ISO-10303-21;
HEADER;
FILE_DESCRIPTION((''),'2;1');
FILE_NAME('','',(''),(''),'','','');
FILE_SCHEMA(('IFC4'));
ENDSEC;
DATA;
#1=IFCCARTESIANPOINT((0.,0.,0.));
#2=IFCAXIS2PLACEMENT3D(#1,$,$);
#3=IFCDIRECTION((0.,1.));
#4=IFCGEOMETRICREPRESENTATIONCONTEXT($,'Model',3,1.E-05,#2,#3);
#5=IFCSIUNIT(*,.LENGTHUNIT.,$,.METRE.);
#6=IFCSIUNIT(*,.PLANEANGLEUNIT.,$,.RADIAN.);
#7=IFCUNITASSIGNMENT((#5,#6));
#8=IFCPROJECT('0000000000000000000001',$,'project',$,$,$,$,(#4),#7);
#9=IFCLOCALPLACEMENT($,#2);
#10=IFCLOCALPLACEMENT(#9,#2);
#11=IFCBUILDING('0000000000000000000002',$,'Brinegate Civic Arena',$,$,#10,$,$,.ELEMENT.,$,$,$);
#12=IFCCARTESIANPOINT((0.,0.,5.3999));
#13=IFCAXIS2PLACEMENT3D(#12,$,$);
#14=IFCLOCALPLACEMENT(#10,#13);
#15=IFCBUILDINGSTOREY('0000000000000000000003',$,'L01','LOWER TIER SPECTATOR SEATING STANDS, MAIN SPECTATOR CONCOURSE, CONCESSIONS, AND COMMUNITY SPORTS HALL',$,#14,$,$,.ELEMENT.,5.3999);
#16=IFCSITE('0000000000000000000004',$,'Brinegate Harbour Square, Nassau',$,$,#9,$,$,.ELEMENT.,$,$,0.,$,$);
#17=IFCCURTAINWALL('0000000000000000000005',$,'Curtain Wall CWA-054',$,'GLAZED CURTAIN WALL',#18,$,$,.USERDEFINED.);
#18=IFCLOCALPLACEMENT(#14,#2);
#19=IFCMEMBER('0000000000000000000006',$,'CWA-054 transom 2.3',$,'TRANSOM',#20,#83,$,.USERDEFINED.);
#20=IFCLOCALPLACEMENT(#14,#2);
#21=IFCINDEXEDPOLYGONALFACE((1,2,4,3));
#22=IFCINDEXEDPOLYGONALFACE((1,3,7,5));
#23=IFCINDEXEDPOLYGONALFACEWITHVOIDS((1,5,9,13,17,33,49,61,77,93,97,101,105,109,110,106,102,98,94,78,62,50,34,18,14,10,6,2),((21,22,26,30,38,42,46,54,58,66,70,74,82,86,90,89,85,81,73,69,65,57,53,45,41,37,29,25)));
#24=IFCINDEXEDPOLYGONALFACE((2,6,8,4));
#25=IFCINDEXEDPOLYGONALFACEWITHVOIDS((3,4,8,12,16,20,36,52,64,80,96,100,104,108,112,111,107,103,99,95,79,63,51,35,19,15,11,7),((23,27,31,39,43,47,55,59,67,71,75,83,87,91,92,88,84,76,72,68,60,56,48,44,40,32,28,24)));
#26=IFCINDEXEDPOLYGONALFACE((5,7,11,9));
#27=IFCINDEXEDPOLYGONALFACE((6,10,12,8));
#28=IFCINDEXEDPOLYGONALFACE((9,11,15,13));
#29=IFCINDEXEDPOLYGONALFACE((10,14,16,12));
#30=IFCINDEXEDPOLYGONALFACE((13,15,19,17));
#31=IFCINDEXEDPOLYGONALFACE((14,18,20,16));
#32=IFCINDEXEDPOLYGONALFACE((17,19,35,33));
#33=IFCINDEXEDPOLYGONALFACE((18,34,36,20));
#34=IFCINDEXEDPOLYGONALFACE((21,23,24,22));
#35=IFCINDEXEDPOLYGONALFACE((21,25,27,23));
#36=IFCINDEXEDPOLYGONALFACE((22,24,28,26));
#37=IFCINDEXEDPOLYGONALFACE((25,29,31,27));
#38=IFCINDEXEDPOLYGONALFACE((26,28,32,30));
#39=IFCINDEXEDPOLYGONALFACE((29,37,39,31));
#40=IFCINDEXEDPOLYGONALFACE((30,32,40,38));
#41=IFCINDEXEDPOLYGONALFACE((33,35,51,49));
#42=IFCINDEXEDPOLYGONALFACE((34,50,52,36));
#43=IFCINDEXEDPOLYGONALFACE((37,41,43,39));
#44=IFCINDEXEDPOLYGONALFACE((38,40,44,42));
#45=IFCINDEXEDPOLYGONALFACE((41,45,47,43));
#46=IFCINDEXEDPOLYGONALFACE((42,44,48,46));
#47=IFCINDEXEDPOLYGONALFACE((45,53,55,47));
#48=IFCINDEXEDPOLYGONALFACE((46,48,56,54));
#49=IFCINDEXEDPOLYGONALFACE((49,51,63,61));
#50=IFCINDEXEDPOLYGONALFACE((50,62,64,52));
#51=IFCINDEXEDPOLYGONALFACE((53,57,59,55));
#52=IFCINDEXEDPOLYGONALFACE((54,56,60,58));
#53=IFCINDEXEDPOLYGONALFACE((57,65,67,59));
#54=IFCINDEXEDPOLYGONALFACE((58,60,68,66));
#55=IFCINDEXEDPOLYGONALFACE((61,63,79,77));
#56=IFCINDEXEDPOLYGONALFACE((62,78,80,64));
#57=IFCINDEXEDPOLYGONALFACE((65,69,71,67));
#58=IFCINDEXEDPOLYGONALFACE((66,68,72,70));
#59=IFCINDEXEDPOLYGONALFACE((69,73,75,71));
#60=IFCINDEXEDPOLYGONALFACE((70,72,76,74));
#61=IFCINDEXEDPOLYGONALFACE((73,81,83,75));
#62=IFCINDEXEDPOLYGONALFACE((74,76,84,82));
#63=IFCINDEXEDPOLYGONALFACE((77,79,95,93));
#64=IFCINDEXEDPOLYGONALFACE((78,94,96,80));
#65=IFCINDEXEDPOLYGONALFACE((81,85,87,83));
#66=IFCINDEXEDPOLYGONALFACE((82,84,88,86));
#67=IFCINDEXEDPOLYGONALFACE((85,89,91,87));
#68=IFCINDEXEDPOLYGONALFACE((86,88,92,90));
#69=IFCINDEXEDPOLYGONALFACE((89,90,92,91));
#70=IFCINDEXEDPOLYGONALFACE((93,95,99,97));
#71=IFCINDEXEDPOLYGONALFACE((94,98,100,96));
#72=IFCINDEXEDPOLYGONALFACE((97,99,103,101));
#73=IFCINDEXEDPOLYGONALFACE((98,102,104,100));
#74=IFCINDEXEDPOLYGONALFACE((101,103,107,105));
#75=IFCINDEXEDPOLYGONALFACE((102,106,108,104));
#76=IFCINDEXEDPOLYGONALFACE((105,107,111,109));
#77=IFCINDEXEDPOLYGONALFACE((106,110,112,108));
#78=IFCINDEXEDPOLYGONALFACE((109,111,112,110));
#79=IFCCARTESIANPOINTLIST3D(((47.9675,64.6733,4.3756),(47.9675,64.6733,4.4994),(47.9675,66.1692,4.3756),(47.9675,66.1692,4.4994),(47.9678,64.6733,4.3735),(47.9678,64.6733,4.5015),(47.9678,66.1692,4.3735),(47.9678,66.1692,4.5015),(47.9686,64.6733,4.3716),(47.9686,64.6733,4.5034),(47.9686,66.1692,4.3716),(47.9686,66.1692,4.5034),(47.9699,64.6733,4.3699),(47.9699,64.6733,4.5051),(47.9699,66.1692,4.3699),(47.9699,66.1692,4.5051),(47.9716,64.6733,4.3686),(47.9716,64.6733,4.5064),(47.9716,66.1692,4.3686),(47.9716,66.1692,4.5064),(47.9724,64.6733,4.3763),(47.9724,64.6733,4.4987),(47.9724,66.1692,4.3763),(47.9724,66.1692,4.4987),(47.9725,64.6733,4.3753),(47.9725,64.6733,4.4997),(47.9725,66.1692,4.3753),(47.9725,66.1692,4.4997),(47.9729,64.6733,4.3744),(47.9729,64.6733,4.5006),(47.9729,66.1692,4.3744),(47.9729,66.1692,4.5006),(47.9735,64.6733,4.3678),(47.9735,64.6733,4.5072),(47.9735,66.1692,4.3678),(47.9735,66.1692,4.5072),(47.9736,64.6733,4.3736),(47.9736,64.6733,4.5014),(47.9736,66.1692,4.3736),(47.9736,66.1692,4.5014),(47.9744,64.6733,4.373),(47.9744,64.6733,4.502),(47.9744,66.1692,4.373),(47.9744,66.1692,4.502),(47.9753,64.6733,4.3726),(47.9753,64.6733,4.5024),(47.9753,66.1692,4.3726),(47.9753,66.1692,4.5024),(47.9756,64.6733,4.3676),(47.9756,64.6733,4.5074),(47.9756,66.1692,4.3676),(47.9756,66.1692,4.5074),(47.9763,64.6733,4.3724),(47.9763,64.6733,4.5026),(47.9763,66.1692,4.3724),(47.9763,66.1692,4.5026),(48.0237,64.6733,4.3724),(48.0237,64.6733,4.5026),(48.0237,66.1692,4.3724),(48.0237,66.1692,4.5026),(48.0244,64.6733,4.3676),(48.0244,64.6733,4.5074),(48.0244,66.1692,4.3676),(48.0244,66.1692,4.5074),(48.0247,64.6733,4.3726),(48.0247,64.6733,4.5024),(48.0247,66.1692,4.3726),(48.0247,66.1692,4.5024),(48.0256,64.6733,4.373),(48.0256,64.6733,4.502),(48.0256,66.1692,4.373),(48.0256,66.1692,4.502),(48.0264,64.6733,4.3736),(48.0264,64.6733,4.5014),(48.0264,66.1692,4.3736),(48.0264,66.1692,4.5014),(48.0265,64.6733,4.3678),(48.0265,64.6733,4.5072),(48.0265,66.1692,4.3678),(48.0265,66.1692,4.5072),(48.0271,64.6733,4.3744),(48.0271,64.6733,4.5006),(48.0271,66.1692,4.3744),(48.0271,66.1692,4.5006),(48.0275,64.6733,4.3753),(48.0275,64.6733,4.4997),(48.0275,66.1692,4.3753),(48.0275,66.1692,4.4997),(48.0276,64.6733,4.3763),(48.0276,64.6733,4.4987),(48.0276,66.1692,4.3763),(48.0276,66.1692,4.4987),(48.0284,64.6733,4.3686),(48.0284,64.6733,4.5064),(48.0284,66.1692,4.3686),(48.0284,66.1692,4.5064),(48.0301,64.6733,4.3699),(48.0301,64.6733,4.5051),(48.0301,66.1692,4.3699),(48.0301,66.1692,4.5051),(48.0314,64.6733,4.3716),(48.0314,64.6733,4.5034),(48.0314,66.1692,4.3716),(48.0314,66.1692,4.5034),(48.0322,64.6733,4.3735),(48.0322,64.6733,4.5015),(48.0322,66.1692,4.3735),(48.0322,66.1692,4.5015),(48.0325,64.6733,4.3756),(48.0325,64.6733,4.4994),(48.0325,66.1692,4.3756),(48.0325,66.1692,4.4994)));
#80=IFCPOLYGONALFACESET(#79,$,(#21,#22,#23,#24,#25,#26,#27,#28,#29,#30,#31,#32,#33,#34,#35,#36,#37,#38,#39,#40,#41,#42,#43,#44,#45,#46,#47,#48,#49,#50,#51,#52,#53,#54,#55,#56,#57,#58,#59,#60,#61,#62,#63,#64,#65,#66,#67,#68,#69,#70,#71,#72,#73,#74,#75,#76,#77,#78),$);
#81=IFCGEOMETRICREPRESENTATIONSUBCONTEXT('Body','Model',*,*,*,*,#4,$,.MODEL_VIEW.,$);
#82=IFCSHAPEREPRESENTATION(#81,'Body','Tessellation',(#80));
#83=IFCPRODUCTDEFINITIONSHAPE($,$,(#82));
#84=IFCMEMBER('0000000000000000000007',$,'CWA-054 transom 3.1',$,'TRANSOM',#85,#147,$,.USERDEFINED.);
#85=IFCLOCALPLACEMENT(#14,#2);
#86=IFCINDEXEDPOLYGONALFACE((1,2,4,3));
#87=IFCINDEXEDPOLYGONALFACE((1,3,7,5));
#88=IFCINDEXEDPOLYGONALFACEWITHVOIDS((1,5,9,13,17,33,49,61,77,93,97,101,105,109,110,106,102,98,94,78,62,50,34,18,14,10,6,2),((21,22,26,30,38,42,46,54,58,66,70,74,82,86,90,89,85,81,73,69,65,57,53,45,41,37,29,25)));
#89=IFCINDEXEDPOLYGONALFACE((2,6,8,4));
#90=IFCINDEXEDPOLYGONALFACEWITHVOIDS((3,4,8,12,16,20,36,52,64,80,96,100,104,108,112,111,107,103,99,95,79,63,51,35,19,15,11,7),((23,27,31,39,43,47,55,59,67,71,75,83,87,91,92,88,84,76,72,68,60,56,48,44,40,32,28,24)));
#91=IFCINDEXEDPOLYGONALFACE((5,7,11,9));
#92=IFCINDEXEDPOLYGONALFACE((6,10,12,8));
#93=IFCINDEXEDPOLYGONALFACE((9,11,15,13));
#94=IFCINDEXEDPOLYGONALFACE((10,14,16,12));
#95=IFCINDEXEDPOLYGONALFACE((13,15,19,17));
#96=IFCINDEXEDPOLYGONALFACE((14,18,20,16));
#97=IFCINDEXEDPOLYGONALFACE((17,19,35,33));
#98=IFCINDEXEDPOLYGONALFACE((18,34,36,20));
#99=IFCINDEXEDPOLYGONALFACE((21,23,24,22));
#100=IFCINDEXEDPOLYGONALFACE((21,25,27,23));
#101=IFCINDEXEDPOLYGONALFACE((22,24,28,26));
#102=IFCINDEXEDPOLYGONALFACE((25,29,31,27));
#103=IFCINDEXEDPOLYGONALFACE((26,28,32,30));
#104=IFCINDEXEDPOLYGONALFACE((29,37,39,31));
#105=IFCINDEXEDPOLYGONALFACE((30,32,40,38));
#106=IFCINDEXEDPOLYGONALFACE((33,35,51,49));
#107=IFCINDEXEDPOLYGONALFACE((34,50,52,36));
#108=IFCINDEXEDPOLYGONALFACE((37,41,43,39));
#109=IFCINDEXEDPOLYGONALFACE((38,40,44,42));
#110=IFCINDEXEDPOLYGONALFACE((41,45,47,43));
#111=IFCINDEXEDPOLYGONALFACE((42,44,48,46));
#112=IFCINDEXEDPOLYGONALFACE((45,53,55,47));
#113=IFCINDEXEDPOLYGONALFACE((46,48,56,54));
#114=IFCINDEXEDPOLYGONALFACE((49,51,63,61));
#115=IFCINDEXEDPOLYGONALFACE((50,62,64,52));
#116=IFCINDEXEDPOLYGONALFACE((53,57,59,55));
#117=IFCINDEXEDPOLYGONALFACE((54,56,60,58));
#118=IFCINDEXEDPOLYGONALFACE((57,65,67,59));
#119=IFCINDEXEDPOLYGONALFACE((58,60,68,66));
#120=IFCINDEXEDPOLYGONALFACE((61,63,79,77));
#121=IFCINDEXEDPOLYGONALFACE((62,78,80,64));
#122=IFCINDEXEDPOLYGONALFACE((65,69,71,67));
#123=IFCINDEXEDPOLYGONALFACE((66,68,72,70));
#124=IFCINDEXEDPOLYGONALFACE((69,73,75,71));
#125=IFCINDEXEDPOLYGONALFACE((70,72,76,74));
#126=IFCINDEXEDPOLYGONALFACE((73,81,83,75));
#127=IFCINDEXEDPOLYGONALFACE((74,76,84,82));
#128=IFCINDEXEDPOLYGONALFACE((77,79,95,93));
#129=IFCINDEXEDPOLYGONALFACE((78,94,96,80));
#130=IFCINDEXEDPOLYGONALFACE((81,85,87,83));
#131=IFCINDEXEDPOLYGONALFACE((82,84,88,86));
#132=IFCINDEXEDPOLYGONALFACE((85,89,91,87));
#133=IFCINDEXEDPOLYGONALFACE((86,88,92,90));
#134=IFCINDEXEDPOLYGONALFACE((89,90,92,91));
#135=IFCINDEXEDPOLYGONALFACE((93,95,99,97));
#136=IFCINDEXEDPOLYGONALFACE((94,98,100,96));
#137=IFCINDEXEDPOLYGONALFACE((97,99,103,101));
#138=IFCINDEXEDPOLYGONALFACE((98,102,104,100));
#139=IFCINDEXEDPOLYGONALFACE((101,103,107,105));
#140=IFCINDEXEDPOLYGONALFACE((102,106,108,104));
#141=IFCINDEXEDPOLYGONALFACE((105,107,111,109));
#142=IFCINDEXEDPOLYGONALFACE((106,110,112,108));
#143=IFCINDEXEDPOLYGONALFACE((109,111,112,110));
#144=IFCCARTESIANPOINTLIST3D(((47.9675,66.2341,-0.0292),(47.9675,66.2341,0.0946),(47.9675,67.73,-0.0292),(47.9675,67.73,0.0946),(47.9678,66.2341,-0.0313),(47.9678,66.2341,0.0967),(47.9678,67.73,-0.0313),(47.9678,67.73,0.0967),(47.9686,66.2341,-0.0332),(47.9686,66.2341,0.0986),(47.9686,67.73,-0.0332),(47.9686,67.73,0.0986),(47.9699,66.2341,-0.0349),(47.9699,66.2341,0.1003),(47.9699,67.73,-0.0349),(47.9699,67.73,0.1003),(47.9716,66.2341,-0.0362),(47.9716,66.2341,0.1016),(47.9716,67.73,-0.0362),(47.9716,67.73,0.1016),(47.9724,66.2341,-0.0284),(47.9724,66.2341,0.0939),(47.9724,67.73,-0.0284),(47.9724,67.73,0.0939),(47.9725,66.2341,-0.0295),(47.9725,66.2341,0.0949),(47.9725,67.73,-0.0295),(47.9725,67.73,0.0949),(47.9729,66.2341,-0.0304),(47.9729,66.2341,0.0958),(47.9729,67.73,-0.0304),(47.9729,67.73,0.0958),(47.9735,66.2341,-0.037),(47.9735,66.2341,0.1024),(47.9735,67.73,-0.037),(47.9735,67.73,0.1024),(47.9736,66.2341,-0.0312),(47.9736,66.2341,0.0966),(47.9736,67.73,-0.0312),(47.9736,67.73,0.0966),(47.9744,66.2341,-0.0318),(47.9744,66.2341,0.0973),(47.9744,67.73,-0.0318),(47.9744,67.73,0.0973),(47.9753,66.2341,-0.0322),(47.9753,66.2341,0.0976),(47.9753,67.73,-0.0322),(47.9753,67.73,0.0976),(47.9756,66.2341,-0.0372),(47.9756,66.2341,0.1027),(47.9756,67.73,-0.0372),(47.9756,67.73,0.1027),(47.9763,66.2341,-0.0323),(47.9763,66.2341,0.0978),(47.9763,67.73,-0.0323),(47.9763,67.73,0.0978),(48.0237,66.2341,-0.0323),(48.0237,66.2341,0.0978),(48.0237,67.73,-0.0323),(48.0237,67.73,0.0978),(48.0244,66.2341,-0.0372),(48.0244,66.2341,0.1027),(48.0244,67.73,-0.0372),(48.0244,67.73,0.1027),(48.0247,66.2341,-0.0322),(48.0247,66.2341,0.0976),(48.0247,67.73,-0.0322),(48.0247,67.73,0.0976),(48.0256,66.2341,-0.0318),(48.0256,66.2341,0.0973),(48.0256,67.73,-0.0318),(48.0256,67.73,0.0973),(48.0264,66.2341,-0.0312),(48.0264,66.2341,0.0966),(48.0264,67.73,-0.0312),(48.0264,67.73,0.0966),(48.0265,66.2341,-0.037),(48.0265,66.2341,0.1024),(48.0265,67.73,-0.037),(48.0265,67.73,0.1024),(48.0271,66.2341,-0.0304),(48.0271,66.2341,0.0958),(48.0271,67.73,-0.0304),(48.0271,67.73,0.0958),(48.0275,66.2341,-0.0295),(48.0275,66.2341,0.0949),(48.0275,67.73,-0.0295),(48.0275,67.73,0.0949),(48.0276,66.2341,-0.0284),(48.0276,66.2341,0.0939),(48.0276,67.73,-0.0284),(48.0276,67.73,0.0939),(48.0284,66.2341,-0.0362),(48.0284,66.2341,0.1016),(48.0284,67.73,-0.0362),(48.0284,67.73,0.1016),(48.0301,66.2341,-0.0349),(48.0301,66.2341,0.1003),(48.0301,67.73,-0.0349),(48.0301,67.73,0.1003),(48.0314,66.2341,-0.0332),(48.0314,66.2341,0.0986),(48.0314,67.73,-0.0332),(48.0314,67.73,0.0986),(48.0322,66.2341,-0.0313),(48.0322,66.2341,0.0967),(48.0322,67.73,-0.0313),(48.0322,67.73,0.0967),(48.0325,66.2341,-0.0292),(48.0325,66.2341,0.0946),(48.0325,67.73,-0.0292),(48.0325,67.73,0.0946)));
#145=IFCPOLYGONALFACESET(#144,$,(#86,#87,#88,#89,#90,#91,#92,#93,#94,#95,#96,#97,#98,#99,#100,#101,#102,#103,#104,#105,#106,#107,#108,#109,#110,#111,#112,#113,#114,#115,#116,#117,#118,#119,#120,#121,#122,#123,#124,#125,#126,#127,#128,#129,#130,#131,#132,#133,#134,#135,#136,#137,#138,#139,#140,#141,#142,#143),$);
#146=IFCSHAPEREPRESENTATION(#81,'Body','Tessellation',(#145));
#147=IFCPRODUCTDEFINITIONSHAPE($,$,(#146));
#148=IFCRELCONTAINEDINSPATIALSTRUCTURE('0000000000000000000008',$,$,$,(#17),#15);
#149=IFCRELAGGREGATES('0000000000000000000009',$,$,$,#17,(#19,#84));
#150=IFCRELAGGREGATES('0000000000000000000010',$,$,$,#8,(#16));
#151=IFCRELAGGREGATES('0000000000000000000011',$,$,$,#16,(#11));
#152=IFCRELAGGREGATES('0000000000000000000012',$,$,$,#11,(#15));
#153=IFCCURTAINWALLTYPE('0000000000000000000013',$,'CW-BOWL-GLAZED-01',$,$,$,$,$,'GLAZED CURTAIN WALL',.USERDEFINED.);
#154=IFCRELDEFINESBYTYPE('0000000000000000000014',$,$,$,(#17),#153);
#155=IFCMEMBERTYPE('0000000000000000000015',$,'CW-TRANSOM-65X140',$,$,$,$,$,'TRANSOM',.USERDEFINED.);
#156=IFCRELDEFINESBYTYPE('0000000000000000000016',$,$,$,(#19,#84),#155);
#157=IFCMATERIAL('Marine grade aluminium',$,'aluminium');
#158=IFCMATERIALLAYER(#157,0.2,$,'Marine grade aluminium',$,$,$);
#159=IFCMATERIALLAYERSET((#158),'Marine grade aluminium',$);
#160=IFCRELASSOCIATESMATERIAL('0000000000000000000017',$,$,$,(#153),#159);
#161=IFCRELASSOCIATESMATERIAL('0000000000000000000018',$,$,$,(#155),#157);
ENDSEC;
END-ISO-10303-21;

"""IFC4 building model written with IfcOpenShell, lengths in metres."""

from ifc_helpers import new_model, si_unit, direction, frame, origin, origin_2d, place, context, subcontext, project, spatial, hollow_rectangle, extrude, material, layer, layer_set, material_profile, profile_set, type_object, element, aggregate, save


model = new_model("IFC4")

# Units and contexts
model_context = context("Model", 3, precision=1e-05, world=origin(), true_north=direction((0.0, 1.0)))
body_context = subcontext(model_context, "Body", "Model", "MODEL_VIEW")
ifc_project = project(units=[si_unit("LENGTHUNIT", "METRE"), si_unit("PLANEANGLEUNIT", "RADIAN")], contexts=[model_context])

# Site, building, storey
site_placement = place(None, origin())
site = spatial("IfcSite", under=ifc_project, at=site_placement, Name="Brinegate Harbour Square, Nassau", CompositionType="ELEMENT", RefElevation=0.0)
building_placement = place(site_placement, origin())
building = spatial("IfcBuilding", under=site, at=building_placement, Name="Brinegate Civic Arena", CompositionType="ELEMENT")
storey_placement = place(building_placement, frame((0.0, 0.0, 5.3999)))
storey = spatial("IfcBuildingStorey", under=building, at=storey_placement, Name="L01", Description="LOWER TIER SPECTATOR SEATING STANDS, MAIN SPECTATOR CONCOURSE, CONCESSIONS, AND COMMUNITY SPORTS HALL", CompositionType="ELEMENT", Elevation=5.3999)

# Curtain wall, members
ifc_material_1 = material(Name="Marine grade aluminium", Category="aluminium")
ifc_layer_1 = layer(ifc_material_1, 0.2, Name="Marine grade aluminium")
ifc_layer_set_1 = layer_set([ifc_layer_1], Name="Marine grade aluminium")
curtain_wall_type = type_object("IfcCurtainWallType", Name="CW-BOWL-GLAZED-01", ElementType="GLAZED CURTAIN WALL", PredefinedType="USERDEFINED", material=ifc_layer_set_1)
curtain_wall_placement = place(storey_placement, origin())
curtain_wall = element("IfcCurtainWall", 1, at=curtain_wall_placement, inside=storey, type_object=curtain_wall_type, Name="Curtain Wall CWA-054", ObjectType="GLAZED CURTAIN WALL", PredefinedType="USERDEFINED")
ifc_material_profile_1 = material_profile(ifc_material_1, hollow_rectangle(XDim=0.0649, YDim=0.1399, WallThickness=0.0049, InnerFilletRadius=0.0039, OuterFilletRadius=0.0081, at=origin_2d()), Name="TRN65X140")
ifc_profile_set_1 = profile_set([ifc_material_profile_1], Name="Marine grade aluminium")
member_type_1 = type_object("IfcMemberType", Name="CW-TRANSOM-65X140", ElementType="TRANSOM", PredefinedType="USERDEFINED", material=ifc_profile_set_1)
member_1_placement = place(storey_placement, frame((48.0, 64.6733, 4.4375), z_axis=(0.0, 1.0, 0.0), x_axis=(-1.0, 0.0, 0.0)))
member_1 = element("IfcMember", 2, at=member_1_placement, type_object=member_type_1, Name="CWA-054 transom 2.3", ObjectType="TRANSOM", PredefinedType="USERDEFINED", context=body_context, shape_type="SweptSolid", body=[
    extrude(hollow_rectangle(XDim=0.0649, YDim=0.1399, WallThickness=0.0049, InnerFilletRadius=0.0039, OuterFilletRadius=0.0081, at=origin_2d()), origin(), (0.0, 0.0, 1.0), 1.4958),
])
member_2_placement = place(storey_placement, frame((48.0, 66.2341, 0.0327), z_axis=(0.0, 1.0, 0.0), x_axis=(-1.0, 0.0, 0.0)))
member_2 = element("IfcMember", 3, at=member_2_placement, type_object=member_type_1, Name="CWA-054 transom 3.1", ObjectType="TRANSOM", PredefinedType="USERDEFINED", context=body_context, shape_type="SweptSolid", body=[
    extrude(hollow_rectangle(XDim=0.0649, YDim=0.1399, WallThickness=0.0049, InnerFilletRadius=0.0039, OuterFilletRadius=0.0081, at=origin_2d()), origin(), (0.0, 0.0, 1.0), 1.4958),
])
aggregate(curtain_wall, [member_1, member_2])

save(model, "model.ifc")
